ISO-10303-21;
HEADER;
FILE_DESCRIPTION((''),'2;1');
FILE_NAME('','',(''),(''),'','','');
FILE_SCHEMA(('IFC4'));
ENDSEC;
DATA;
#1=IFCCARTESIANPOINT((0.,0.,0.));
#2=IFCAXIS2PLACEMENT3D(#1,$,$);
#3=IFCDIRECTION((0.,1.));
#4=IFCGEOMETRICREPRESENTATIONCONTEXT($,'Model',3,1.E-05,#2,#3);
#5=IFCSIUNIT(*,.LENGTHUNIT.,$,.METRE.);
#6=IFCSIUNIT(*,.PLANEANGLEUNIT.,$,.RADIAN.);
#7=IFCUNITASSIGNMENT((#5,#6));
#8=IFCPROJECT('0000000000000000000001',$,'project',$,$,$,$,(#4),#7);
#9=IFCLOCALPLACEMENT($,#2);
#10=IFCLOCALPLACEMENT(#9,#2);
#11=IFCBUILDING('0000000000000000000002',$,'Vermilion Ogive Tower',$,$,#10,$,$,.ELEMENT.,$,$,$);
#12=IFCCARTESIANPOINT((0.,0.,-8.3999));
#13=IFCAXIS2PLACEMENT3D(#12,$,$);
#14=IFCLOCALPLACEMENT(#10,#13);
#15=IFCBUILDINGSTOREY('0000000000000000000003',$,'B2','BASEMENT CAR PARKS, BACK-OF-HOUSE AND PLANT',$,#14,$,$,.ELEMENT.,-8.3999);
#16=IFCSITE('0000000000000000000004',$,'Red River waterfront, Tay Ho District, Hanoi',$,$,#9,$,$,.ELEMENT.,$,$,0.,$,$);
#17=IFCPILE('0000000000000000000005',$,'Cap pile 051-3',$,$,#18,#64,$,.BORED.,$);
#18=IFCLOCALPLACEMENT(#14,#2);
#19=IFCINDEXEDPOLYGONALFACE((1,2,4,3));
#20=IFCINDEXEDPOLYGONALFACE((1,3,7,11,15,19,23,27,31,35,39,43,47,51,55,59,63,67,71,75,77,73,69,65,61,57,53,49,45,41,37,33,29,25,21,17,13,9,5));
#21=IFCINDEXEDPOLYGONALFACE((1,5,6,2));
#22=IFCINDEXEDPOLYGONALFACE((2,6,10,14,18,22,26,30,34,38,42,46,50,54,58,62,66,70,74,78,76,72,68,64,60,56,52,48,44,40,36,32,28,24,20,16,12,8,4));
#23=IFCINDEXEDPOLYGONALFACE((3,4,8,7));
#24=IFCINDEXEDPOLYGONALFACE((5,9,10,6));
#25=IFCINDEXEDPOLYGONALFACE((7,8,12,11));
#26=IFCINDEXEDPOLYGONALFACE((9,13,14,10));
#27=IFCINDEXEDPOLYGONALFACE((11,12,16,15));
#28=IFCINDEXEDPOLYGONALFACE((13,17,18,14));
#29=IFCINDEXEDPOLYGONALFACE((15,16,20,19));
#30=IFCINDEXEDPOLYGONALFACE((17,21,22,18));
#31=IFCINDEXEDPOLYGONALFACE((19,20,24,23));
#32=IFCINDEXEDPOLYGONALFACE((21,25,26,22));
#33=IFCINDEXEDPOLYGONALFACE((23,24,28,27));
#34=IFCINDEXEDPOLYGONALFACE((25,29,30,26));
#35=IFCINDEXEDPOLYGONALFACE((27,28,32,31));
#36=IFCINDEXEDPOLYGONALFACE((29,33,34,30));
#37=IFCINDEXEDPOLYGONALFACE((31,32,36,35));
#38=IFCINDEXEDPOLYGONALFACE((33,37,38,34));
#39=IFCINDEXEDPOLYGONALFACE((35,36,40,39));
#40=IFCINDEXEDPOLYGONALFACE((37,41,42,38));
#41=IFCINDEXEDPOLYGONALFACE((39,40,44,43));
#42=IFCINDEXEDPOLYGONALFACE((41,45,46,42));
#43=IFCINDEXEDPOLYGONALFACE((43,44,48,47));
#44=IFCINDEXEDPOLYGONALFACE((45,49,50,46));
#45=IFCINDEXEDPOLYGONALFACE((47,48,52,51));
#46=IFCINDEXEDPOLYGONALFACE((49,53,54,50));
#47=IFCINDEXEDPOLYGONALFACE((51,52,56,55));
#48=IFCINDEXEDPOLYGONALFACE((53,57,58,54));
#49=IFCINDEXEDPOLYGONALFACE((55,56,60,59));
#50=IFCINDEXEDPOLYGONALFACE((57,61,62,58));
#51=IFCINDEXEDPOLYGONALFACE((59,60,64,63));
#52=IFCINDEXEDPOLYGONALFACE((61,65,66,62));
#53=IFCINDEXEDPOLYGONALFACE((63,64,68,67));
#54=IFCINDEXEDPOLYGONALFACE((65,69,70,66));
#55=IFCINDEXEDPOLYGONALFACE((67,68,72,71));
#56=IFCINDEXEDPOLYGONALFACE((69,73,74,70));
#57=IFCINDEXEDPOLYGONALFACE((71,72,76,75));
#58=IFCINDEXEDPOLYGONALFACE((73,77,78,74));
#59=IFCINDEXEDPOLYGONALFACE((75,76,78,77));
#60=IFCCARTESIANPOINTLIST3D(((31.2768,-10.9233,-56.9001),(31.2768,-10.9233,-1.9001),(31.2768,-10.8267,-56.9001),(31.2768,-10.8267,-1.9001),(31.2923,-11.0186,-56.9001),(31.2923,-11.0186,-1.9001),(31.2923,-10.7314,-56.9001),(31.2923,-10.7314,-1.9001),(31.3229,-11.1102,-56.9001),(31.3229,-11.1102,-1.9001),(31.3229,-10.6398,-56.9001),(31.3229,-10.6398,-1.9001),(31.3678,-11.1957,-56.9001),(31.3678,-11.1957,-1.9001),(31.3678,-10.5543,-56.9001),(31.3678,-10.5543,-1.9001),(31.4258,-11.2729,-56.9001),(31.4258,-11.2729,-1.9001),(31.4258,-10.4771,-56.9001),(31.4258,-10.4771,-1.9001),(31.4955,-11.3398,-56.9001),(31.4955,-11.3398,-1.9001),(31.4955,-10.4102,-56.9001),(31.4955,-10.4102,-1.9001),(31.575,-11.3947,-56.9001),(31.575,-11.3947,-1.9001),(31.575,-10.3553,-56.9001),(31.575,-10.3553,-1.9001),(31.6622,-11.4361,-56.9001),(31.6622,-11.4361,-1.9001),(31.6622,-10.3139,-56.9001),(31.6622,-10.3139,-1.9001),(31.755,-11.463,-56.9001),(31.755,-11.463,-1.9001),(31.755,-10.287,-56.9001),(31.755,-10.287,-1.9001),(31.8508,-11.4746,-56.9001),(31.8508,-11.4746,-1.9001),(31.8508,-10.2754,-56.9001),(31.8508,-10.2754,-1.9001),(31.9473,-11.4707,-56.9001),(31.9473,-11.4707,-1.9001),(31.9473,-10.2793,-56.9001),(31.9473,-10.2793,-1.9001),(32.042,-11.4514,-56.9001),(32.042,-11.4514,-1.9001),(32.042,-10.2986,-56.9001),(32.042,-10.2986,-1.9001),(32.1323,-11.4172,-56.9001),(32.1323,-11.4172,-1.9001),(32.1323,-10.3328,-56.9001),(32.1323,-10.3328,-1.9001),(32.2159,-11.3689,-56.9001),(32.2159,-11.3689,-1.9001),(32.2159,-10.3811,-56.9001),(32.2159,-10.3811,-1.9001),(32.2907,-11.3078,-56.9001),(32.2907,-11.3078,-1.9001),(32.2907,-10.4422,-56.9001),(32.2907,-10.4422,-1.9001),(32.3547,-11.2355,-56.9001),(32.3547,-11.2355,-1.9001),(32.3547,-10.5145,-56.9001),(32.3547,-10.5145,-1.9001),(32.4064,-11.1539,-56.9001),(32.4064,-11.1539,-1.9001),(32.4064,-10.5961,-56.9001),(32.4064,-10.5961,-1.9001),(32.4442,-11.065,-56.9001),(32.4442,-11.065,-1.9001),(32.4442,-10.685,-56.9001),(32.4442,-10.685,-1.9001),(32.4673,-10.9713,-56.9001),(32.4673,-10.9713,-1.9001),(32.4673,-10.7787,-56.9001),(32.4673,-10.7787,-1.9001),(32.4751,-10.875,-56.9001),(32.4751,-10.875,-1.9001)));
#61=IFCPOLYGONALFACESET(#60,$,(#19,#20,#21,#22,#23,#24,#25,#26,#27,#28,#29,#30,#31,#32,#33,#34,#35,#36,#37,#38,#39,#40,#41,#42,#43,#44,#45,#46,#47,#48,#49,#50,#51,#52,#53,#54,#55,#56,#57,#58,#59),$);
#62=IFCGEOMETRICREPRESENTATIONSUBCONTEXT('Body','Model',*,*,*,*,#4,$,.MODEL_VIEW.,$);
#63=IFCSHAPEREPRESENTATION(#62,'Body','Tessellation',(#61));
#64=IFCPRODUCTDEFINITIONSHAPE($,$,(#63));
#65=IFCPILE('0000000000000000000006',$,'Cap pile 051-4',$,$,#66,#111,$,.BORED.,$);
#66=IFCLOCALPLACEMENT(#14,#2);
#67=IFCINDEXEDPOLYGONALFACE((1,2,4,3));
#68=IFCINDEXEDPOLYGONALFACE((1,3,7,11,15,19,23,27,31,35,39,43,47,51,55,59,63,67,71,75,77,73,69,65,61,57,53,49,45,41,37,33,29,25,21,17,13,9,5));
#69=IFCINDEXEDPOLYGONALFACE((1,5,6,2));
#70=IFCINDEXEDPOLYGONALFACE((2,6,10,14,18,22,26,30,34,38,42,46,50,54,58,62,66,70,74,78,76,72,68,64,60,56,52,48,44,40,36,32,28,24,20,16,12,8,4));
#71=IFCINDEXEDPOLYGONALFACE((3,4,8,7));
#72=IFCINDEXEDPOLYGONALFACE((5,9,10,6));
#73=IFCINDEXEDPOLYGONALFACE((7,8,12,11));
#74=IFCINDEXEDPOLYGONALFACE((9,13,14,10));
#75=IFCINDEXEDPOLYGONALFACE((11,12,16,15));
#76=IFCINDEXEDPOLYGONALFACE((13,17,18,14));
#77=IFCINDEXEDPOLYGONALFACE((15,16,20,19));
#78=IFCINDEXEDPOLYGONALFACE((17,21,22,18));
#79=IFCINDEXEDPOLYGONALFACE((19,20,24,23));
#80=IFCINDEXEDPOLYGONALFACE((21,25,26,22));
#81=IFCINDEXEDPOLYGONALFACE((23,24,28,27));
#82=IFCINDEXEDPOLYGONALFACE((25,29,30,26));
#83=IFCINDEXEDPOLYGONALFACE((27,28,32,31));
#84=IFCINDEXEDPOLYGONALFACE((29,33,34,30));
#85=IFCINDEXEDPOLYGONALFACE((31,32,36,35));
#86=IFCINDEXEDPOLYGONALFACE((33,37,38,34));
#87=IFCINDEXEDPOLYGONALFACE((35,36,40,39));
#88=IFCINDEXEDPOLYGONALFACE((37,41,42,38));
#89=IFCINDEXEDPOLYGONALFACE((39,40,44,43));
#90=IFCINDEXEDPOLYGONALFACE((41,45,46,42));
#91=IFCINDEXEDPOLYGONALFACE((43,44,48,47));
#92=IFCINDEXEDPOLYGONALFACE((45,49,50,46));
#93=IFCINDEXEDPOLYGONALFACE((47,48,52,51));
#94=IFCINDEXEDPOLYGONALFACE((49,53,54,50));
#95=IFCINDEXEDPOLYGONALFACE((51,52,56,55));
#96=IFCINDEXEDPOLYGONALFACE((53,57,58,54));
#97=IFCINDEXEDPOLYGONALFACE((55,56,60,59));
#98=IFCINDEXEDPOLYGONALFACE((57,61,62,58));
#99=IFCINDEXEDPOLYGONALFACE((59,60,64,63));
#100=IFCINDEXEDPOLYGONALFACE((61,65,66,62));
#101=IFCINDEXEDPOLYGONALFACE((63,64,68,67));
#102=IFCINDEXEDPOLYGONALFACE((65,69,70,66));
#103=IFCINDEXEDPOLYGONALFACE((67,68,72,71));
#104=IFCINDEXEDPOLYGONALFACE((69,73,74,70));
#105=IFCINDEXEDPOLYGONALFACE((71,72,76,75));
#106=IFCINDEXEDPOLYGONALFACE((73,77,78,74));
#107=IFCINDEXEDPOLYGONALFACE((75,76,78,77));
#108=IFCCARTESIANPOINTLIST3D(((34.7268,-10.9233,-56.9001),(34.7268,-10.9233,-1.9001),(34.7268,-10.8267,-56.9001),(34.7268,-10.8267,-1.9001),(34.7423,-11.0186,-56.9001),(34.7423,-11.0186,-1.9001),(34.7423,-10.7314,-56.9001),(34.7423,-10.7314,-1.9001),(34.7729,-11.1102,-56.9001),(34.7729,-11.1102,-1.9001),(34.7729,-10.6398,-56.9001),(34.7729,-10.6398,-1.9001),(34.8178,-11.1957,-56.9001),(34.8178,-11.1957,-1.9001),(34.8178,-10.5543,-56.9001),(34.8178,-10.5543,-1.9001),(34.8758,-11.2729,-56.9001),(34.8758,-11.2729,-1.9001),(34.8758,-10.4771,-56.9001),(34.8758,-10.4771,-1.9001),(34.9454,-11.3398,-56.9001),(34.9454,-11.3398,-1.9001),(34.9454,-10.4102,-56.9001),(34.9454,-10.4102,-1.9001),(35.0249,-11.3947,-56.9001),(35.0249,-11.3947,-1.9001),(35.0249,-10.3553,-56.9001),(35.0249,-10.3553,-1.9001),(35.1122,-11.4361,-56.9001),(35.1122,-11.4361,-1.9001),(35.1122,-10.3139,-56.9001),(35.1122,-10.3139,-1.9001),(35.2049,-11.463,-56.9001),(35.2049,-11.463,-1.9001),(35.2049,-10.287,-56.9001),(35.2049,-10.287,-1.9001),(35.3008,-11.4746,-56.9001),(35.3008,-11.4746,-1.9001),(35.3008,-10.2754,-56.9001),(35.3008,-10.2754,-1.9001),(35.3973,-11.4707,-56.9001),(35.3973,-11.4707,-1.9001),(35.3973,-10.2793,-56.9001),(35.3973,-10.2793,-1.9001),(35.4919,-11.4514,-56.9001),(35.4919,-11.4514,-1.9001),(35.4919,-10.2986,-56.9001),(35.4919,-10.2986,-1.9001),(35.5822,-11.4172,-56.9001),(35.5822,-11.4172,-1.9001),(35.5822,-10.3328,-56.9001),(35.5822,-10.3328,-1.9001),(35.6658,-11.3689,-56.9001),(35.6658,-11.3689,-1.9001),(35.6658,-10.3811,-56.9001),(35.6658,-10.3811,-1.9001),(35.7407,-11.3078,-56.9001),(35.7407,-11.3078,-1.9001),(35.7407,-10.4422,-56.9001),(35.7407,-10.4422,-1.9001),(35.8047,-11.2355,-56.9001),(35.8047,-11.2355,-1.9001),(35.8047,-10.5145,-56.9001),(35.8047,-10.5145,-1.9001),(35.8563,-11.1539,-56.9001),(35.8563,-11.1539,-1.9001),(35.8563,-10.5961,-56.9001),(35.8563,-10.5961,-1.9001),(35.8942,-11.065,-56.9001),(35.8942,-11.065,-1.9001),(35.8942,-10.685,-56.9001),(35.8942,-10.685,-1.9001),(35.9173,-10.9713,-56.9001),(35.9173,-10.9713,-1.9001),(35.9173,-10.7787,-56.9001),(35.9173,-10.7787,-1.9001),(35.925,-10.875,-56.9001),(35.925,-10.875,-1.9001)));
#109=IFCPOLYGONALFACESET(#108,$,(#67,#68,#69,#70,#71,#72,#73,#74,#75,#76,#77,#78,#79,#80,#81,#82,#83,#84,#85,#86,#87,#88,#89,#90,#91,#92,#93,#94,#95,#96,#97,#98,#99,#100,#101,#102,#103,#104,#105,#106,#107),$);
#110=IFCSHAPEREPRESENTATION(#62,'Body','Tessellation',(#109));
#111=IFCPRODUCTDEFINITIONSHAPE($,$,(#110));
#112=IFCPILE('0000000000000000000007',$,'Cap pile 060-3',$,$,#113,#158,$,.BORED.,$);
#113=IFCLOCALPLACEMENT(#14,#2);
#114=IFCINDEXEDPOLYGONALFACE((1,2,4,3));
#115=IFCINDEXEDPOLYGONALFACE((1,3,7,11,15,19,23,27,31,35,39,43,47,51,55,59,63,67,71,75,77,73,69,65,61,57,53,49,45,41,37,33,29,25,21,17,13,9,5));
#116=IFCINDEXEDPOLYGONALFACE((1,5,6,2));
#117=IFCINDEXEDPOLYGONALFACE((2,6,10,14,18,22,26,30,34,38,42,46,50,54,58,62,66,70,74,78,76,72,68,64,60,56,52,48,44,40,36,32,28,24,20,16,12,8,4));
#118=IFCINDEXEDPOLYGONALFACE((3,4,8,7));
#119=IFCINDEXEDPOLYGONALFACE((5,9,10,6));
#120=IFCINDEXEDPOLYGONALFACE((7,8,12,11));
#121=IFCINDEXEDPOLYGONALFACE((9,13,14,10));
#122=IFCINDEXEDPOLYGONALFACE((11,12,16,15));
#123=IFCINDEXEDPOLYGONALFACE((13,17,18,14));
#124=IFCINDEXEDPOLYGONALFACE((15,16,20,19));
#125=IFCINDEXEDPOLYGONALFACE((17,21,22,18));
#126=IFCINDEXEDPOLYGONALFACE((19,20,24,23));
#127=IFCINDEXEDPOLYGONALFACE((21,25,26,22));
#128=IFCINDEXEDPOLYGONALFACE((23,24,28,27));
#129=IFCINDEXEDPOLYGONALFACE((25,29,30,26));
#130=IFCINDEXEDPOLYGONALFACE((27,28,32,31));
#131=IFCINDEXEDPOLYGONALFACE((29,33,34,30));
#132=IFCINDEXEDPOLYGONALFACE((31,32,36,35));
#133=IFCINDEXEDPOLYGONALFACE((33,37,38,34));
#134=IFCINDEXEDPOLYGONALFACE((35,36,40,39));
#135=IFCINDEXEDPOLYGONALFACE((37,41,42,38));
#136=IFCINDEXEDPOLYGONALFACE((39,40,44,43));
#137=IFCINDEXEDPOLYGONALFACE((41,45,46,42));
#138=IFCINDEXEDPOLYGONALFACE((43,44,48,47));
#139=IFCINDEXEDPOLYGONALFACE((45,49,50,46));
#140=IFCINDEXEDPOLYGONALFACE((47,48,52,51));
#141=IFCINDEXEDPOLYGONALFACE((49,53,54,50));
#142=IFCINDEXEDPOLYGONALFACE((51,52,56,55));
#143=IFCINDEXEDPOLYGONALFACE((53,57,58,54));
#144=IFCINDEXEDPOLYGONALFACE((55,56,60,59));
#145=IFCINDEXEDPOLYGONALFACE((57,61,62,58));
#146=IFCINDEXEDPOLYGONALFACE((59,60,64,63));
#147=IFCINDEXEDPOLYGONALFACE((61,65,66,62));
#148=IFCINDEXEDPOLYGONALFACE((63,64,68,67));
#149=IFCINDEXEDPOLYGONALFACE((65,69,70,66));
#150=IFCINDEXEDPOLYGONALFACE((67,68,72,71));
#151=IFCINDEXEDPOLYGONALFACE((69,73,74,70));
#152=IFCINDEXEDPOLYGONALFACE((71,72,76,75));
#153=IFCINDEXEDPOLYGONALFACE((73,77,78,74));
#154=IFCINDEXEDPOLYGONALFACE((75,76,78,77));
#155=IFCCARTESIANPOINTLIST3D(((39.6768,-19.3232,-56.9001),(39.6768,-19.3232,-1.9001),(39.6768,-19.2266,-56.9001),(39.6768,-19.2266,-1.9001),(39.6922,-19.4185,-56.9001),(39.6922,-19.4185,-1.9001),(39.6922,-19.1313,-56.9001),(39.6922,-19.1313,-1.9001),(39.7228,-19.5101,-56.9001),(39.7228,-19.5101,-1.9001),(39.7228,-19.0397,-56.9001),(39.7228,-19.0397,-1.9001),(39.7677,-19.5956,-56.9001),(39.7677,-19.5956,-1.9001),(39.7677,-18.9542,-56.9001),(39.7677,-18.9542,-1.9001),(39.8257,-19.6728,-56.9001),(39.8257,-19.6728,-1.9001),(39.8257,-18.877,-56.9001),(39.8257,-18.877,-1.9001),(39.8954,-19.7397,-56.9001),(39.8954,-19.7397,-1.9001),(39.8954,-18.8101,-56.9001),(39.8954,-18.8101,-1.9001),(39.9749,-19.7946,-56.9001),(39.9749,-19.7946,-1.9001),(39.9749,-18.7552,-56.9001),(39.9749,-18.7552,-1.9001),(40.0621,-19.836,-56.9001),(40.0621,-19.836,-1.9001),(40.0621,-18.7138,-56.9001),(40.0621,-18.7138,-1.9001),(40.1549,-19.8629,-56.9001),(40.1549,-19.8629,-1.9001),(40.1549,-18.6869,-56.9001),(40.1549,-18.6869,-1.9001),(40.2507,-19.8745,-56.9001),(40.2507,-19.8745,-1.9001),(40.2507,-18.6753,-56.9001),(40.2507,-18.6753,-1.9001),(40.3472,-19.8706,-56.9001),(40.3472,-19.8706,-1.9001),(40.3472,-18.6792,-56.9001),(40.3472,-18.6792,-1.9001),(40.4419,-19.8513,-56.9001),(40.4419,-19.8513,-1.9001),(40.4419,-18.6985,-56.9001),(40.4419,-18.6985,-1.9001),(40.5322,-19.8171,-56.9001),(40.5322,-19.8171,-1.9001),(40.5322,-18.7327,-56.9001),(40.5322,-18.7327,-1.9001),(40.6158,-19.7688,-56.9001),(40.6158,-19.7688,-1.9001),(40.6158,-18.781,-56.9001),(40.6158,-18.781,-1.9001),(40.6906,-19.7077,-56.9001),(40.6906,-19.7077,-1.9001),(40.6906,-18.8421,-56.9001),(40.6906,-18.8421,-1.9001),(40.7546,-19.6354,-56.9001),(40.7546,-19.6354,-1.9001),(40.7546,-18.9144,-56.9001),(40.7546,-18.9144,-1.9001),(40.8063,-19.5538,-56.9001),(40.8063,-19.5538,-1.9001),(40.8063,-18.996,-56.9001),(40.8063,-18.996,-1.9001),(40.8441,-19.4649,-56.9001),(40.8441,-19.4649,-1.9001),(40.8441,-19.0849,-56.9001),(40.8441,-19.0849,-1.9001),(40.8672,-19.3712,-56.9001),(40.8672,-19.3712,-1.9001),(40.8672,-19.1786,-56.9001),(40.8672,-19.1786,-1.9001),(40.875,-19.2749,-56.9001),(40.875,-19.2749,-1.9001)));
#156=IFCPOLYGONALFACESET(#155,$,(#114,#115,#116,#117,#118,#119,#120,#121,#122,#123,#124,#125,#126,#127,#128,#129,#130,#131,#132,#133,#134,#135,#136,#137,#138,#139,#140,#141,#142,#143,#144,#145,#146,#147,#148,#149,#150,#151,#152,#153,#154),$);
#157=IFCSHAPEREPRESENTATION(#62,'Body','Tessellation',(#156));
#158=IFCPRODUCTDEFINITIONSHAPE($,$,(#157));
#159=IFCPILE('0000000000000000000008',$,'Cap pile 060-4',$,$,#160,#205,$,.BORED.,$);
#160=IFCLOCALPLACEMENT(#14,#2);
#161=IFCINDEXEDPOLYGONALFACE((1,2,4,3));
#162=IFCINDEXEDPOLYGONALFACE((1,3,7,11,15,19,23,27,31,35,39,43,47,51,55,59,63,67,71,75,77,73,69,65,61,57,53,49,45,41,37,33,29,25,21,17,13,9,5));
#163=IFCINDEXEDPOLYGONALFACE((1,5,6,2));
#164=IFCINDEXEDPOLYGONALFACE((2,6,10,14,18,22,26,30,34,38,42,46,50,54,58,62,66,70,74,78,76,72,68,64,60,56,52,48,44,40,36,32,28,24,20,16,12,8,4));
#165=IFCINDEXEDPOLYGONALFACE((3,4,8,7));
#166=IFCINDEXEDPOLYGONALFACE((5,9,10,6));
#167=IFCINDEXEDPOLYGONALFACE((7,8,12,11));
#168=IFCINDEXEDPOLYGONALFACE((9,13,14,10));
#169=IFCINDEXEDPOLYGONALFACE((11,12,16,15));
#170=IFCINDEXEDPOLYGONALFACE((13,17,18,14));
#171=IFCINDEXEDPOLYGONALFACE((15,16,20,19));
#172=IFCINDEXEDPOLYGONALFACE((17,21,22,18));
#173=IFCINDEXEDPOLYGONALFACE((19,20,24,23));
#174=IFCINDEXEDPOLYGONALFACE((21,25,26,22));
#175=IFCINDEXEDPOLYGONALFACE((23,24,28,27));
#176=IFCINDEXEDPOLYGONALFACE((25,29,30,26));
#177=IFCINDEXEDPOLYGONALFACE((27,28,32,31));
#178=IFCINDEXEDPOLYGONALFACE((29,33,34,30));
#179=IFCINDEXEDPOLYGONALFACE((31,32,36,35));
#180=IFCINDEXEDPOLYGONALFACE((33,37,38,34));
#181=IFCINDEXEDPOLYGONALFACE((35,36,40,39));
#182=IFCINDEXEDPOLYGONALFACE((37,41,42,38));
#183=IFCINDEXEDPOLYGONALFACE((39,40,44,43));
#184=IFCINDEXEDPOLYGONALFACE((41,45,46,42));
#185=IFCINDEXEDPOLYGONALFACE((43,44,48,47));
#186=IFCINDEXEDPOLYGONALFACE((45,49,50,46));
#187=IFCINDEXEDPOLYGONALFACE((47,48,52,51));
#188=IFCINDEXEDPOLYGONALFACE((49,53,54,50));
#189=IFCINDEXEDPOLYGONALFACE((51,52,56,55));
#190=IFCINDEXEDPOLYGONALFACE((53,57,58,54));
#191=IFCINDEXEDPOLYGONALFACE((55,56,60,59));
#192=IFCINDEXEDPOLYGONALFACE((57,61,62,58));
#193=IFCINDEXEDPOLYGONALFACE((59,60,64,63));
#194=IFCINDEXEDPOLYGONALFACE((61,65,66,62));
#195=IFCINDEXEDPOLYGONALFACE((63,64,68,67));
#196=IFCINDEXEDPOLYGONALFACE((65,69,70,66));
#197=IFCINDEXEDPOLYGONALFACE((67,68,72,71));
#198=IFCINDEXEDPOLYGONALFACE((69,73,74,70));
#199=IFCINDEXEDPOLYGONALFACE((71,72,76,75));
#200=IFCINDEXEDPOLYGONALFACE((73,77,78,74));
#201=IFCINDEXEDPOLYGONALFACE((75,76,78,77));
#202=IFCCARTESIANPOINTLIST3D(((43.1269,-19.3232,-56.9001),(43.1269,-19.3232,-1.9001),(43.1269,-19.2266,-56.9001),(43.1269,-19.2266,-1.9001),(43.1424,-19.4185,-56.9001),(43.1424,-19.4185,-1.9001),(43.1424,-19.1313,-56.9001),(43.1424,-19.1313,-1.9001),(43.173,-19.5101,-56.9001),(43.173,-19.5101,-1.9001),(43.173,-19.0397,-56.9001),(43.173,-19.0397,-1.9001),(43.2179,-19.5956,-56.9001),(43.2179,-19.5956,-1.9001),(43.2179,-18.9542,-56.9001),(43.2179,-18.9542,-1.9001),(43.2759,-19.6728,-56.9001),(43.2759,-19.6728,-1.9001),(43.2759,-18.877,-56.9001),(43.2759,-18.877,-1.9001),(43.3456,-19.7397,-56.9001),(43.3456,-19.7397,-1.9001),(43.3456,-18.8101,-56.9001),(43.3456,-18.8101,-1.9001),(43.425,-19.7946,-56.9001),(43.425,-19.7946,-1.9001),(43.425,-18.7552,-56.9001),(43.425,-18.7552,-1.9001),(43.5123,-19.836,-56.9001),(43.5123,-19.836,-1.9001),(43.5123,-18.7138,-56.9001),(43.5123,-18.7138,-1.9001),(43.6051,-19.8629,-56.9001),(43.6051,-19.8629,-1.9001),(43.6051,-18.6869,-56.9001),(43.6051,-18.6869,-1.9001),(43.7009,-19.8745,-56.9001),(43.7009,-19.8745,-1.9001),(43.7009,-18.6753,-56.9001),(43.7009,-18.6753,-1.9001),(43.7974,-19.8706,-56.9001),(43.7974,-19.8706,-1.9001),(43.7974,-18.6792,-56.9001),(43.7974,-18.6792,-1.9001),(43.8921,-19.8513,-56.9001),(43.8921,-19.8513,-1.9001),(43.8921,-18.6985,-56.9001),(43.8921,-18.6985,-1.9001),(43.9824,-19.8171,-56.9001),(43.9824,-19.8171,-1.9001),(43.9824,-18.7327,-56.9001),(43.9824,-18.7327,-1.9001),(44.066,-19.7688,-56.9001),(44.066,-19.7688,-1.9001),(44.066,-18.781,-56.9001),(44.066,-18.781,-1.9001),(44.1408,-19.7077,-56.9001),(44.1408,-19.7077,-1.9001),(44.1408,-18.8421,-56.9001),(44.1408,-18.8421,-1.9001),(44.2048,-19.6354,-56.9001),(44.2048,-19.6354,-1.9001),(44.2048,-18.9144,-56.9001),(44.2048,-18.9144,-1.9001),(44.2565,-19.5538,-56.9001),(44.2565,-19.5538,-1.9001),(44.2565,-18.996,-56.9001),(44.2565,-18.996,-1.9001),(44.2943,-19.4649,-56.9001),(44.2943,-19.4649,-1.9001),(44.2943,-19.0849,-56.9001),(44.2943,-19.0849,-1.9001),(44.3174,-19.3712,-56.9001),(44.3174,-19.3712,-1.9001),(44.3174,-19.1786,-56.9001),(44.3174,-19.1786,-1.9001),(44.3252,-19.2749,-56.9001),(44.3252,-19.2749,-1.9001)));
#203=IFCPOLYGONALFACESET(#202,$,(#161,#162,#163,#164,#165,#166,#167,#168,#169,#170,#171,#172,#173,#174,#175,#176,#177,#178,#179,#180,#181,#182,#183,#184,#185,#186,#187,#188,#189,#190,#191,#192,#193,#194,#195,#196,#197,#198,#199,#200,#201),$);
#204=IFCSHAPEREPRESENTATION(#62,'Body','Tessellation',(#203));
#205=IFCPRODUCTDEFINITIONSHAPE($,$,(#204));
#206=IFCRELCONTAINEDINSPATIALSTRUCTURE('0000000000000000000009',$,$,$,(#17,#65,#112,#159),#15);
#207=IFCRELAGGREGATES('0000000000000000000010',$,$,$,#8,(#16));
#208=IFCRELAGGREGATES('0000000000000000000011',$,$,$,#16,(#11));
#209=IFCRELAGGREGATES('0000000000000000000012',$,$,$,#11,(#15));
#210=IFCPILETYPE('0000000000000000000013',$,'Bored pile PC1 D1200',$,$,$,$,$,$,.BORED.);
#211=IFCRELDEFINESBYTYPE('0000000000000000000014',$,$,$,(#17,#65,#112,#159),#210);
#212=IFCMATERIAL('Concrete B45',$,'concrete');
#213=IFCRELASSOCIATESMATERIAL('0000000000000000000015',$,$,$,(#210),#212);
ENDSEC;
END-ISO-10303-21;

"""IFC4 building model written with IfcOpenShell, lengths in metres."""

from ifc_helpers import new_model, si_unit, direction, frame, origin, origin_2d, place, context, subcontext, project, spatial, circle, extrude, material, type_object, element, save


model = new_model("IFC4")

# Units and contexts
model_context = context("Model", 3, precision=1e-05, world=origin(), true_north=direction((0.0, 1.0)))
body_context = subcontext(model_context, "Body", "Model", "MODEL_VIEW")
ifc_project = project(units=[si_unit("LENGTHUNIT", "METRE"), si_unit("PLANEANGLEUNIT", "RADIAN")], contexts=[model_context])

# Site, building, storey
site_placement = place(None, origin())
site = spatial("IfcSite", under=ifc_project, at=site_placement, Name="Red River waterfront, Tay Ho District, Hanoi", CompositionType="ELEMENT", RefElevation=0.0)
building_placement = place(site_placement, origin())
building = spatial("IfcBuilding", under=site, at=building_placement, Name="Vermilion Ogive Tower", CompositionType="ELEMENT")
storey_placement = place(building_placement, frame((0.0, 0.0, -8.3999)))
storey = spatial("IfcBuildingStorey", under=building, at=storey_placement, Name="B2", Description="BASEMENT CAR PARKS, BACK-OF-HOUSE AND PLANT", CompositionType="ELEMENT", Elevation=-8.3999)

# Piles
ifc_material_1 = material(Name="Concrete B45", Category="concrete")
pile_type = type_object("IfcPileType", Name="Bored pile PC1 D1200", PredefinedType="BORED", material=ifc_material_1)
for number, where, z_axis, x_axis, name in (
    (1, (31.875, -10.875, -1.9001), (0.0, 0.0, -1.0), (1.0, 0.0, 0.0), "Cap pile 051-3"),
    (2, (35.325, -10.875, -1.9001), (0.0, 0.0, -1.0), (1.0, 0.0, 0.0), "Cap pile 051-4"),
    (3, (40.2749, -19.2749, -1.9001), (0.0, 0.0, -1.0), (1.0, 0.0, 0.0), "Cap pile 060-3"),
    (4, (43.7251, -19.2749, -1.9001), (0.0, 0.0, -1.0), (1.0, 0.0, 0.0), "Cap pile 060-4"),
):
    element("IfcPile", number, at=place(storey_placement, frame(where, z_axis=z_axis, x_axis=x_axis)), inside=storey, type_object=pile_type, Name=name, PredefinedType="BORED", context=body_context, shape_type="SweptSolid", body=[
        extrude(circle(Radius=0.6001, at=origin_2d()), origin(), (0.0, 0.0, 1.0), 55.0),
    ])

save(model, "model.ifc")
